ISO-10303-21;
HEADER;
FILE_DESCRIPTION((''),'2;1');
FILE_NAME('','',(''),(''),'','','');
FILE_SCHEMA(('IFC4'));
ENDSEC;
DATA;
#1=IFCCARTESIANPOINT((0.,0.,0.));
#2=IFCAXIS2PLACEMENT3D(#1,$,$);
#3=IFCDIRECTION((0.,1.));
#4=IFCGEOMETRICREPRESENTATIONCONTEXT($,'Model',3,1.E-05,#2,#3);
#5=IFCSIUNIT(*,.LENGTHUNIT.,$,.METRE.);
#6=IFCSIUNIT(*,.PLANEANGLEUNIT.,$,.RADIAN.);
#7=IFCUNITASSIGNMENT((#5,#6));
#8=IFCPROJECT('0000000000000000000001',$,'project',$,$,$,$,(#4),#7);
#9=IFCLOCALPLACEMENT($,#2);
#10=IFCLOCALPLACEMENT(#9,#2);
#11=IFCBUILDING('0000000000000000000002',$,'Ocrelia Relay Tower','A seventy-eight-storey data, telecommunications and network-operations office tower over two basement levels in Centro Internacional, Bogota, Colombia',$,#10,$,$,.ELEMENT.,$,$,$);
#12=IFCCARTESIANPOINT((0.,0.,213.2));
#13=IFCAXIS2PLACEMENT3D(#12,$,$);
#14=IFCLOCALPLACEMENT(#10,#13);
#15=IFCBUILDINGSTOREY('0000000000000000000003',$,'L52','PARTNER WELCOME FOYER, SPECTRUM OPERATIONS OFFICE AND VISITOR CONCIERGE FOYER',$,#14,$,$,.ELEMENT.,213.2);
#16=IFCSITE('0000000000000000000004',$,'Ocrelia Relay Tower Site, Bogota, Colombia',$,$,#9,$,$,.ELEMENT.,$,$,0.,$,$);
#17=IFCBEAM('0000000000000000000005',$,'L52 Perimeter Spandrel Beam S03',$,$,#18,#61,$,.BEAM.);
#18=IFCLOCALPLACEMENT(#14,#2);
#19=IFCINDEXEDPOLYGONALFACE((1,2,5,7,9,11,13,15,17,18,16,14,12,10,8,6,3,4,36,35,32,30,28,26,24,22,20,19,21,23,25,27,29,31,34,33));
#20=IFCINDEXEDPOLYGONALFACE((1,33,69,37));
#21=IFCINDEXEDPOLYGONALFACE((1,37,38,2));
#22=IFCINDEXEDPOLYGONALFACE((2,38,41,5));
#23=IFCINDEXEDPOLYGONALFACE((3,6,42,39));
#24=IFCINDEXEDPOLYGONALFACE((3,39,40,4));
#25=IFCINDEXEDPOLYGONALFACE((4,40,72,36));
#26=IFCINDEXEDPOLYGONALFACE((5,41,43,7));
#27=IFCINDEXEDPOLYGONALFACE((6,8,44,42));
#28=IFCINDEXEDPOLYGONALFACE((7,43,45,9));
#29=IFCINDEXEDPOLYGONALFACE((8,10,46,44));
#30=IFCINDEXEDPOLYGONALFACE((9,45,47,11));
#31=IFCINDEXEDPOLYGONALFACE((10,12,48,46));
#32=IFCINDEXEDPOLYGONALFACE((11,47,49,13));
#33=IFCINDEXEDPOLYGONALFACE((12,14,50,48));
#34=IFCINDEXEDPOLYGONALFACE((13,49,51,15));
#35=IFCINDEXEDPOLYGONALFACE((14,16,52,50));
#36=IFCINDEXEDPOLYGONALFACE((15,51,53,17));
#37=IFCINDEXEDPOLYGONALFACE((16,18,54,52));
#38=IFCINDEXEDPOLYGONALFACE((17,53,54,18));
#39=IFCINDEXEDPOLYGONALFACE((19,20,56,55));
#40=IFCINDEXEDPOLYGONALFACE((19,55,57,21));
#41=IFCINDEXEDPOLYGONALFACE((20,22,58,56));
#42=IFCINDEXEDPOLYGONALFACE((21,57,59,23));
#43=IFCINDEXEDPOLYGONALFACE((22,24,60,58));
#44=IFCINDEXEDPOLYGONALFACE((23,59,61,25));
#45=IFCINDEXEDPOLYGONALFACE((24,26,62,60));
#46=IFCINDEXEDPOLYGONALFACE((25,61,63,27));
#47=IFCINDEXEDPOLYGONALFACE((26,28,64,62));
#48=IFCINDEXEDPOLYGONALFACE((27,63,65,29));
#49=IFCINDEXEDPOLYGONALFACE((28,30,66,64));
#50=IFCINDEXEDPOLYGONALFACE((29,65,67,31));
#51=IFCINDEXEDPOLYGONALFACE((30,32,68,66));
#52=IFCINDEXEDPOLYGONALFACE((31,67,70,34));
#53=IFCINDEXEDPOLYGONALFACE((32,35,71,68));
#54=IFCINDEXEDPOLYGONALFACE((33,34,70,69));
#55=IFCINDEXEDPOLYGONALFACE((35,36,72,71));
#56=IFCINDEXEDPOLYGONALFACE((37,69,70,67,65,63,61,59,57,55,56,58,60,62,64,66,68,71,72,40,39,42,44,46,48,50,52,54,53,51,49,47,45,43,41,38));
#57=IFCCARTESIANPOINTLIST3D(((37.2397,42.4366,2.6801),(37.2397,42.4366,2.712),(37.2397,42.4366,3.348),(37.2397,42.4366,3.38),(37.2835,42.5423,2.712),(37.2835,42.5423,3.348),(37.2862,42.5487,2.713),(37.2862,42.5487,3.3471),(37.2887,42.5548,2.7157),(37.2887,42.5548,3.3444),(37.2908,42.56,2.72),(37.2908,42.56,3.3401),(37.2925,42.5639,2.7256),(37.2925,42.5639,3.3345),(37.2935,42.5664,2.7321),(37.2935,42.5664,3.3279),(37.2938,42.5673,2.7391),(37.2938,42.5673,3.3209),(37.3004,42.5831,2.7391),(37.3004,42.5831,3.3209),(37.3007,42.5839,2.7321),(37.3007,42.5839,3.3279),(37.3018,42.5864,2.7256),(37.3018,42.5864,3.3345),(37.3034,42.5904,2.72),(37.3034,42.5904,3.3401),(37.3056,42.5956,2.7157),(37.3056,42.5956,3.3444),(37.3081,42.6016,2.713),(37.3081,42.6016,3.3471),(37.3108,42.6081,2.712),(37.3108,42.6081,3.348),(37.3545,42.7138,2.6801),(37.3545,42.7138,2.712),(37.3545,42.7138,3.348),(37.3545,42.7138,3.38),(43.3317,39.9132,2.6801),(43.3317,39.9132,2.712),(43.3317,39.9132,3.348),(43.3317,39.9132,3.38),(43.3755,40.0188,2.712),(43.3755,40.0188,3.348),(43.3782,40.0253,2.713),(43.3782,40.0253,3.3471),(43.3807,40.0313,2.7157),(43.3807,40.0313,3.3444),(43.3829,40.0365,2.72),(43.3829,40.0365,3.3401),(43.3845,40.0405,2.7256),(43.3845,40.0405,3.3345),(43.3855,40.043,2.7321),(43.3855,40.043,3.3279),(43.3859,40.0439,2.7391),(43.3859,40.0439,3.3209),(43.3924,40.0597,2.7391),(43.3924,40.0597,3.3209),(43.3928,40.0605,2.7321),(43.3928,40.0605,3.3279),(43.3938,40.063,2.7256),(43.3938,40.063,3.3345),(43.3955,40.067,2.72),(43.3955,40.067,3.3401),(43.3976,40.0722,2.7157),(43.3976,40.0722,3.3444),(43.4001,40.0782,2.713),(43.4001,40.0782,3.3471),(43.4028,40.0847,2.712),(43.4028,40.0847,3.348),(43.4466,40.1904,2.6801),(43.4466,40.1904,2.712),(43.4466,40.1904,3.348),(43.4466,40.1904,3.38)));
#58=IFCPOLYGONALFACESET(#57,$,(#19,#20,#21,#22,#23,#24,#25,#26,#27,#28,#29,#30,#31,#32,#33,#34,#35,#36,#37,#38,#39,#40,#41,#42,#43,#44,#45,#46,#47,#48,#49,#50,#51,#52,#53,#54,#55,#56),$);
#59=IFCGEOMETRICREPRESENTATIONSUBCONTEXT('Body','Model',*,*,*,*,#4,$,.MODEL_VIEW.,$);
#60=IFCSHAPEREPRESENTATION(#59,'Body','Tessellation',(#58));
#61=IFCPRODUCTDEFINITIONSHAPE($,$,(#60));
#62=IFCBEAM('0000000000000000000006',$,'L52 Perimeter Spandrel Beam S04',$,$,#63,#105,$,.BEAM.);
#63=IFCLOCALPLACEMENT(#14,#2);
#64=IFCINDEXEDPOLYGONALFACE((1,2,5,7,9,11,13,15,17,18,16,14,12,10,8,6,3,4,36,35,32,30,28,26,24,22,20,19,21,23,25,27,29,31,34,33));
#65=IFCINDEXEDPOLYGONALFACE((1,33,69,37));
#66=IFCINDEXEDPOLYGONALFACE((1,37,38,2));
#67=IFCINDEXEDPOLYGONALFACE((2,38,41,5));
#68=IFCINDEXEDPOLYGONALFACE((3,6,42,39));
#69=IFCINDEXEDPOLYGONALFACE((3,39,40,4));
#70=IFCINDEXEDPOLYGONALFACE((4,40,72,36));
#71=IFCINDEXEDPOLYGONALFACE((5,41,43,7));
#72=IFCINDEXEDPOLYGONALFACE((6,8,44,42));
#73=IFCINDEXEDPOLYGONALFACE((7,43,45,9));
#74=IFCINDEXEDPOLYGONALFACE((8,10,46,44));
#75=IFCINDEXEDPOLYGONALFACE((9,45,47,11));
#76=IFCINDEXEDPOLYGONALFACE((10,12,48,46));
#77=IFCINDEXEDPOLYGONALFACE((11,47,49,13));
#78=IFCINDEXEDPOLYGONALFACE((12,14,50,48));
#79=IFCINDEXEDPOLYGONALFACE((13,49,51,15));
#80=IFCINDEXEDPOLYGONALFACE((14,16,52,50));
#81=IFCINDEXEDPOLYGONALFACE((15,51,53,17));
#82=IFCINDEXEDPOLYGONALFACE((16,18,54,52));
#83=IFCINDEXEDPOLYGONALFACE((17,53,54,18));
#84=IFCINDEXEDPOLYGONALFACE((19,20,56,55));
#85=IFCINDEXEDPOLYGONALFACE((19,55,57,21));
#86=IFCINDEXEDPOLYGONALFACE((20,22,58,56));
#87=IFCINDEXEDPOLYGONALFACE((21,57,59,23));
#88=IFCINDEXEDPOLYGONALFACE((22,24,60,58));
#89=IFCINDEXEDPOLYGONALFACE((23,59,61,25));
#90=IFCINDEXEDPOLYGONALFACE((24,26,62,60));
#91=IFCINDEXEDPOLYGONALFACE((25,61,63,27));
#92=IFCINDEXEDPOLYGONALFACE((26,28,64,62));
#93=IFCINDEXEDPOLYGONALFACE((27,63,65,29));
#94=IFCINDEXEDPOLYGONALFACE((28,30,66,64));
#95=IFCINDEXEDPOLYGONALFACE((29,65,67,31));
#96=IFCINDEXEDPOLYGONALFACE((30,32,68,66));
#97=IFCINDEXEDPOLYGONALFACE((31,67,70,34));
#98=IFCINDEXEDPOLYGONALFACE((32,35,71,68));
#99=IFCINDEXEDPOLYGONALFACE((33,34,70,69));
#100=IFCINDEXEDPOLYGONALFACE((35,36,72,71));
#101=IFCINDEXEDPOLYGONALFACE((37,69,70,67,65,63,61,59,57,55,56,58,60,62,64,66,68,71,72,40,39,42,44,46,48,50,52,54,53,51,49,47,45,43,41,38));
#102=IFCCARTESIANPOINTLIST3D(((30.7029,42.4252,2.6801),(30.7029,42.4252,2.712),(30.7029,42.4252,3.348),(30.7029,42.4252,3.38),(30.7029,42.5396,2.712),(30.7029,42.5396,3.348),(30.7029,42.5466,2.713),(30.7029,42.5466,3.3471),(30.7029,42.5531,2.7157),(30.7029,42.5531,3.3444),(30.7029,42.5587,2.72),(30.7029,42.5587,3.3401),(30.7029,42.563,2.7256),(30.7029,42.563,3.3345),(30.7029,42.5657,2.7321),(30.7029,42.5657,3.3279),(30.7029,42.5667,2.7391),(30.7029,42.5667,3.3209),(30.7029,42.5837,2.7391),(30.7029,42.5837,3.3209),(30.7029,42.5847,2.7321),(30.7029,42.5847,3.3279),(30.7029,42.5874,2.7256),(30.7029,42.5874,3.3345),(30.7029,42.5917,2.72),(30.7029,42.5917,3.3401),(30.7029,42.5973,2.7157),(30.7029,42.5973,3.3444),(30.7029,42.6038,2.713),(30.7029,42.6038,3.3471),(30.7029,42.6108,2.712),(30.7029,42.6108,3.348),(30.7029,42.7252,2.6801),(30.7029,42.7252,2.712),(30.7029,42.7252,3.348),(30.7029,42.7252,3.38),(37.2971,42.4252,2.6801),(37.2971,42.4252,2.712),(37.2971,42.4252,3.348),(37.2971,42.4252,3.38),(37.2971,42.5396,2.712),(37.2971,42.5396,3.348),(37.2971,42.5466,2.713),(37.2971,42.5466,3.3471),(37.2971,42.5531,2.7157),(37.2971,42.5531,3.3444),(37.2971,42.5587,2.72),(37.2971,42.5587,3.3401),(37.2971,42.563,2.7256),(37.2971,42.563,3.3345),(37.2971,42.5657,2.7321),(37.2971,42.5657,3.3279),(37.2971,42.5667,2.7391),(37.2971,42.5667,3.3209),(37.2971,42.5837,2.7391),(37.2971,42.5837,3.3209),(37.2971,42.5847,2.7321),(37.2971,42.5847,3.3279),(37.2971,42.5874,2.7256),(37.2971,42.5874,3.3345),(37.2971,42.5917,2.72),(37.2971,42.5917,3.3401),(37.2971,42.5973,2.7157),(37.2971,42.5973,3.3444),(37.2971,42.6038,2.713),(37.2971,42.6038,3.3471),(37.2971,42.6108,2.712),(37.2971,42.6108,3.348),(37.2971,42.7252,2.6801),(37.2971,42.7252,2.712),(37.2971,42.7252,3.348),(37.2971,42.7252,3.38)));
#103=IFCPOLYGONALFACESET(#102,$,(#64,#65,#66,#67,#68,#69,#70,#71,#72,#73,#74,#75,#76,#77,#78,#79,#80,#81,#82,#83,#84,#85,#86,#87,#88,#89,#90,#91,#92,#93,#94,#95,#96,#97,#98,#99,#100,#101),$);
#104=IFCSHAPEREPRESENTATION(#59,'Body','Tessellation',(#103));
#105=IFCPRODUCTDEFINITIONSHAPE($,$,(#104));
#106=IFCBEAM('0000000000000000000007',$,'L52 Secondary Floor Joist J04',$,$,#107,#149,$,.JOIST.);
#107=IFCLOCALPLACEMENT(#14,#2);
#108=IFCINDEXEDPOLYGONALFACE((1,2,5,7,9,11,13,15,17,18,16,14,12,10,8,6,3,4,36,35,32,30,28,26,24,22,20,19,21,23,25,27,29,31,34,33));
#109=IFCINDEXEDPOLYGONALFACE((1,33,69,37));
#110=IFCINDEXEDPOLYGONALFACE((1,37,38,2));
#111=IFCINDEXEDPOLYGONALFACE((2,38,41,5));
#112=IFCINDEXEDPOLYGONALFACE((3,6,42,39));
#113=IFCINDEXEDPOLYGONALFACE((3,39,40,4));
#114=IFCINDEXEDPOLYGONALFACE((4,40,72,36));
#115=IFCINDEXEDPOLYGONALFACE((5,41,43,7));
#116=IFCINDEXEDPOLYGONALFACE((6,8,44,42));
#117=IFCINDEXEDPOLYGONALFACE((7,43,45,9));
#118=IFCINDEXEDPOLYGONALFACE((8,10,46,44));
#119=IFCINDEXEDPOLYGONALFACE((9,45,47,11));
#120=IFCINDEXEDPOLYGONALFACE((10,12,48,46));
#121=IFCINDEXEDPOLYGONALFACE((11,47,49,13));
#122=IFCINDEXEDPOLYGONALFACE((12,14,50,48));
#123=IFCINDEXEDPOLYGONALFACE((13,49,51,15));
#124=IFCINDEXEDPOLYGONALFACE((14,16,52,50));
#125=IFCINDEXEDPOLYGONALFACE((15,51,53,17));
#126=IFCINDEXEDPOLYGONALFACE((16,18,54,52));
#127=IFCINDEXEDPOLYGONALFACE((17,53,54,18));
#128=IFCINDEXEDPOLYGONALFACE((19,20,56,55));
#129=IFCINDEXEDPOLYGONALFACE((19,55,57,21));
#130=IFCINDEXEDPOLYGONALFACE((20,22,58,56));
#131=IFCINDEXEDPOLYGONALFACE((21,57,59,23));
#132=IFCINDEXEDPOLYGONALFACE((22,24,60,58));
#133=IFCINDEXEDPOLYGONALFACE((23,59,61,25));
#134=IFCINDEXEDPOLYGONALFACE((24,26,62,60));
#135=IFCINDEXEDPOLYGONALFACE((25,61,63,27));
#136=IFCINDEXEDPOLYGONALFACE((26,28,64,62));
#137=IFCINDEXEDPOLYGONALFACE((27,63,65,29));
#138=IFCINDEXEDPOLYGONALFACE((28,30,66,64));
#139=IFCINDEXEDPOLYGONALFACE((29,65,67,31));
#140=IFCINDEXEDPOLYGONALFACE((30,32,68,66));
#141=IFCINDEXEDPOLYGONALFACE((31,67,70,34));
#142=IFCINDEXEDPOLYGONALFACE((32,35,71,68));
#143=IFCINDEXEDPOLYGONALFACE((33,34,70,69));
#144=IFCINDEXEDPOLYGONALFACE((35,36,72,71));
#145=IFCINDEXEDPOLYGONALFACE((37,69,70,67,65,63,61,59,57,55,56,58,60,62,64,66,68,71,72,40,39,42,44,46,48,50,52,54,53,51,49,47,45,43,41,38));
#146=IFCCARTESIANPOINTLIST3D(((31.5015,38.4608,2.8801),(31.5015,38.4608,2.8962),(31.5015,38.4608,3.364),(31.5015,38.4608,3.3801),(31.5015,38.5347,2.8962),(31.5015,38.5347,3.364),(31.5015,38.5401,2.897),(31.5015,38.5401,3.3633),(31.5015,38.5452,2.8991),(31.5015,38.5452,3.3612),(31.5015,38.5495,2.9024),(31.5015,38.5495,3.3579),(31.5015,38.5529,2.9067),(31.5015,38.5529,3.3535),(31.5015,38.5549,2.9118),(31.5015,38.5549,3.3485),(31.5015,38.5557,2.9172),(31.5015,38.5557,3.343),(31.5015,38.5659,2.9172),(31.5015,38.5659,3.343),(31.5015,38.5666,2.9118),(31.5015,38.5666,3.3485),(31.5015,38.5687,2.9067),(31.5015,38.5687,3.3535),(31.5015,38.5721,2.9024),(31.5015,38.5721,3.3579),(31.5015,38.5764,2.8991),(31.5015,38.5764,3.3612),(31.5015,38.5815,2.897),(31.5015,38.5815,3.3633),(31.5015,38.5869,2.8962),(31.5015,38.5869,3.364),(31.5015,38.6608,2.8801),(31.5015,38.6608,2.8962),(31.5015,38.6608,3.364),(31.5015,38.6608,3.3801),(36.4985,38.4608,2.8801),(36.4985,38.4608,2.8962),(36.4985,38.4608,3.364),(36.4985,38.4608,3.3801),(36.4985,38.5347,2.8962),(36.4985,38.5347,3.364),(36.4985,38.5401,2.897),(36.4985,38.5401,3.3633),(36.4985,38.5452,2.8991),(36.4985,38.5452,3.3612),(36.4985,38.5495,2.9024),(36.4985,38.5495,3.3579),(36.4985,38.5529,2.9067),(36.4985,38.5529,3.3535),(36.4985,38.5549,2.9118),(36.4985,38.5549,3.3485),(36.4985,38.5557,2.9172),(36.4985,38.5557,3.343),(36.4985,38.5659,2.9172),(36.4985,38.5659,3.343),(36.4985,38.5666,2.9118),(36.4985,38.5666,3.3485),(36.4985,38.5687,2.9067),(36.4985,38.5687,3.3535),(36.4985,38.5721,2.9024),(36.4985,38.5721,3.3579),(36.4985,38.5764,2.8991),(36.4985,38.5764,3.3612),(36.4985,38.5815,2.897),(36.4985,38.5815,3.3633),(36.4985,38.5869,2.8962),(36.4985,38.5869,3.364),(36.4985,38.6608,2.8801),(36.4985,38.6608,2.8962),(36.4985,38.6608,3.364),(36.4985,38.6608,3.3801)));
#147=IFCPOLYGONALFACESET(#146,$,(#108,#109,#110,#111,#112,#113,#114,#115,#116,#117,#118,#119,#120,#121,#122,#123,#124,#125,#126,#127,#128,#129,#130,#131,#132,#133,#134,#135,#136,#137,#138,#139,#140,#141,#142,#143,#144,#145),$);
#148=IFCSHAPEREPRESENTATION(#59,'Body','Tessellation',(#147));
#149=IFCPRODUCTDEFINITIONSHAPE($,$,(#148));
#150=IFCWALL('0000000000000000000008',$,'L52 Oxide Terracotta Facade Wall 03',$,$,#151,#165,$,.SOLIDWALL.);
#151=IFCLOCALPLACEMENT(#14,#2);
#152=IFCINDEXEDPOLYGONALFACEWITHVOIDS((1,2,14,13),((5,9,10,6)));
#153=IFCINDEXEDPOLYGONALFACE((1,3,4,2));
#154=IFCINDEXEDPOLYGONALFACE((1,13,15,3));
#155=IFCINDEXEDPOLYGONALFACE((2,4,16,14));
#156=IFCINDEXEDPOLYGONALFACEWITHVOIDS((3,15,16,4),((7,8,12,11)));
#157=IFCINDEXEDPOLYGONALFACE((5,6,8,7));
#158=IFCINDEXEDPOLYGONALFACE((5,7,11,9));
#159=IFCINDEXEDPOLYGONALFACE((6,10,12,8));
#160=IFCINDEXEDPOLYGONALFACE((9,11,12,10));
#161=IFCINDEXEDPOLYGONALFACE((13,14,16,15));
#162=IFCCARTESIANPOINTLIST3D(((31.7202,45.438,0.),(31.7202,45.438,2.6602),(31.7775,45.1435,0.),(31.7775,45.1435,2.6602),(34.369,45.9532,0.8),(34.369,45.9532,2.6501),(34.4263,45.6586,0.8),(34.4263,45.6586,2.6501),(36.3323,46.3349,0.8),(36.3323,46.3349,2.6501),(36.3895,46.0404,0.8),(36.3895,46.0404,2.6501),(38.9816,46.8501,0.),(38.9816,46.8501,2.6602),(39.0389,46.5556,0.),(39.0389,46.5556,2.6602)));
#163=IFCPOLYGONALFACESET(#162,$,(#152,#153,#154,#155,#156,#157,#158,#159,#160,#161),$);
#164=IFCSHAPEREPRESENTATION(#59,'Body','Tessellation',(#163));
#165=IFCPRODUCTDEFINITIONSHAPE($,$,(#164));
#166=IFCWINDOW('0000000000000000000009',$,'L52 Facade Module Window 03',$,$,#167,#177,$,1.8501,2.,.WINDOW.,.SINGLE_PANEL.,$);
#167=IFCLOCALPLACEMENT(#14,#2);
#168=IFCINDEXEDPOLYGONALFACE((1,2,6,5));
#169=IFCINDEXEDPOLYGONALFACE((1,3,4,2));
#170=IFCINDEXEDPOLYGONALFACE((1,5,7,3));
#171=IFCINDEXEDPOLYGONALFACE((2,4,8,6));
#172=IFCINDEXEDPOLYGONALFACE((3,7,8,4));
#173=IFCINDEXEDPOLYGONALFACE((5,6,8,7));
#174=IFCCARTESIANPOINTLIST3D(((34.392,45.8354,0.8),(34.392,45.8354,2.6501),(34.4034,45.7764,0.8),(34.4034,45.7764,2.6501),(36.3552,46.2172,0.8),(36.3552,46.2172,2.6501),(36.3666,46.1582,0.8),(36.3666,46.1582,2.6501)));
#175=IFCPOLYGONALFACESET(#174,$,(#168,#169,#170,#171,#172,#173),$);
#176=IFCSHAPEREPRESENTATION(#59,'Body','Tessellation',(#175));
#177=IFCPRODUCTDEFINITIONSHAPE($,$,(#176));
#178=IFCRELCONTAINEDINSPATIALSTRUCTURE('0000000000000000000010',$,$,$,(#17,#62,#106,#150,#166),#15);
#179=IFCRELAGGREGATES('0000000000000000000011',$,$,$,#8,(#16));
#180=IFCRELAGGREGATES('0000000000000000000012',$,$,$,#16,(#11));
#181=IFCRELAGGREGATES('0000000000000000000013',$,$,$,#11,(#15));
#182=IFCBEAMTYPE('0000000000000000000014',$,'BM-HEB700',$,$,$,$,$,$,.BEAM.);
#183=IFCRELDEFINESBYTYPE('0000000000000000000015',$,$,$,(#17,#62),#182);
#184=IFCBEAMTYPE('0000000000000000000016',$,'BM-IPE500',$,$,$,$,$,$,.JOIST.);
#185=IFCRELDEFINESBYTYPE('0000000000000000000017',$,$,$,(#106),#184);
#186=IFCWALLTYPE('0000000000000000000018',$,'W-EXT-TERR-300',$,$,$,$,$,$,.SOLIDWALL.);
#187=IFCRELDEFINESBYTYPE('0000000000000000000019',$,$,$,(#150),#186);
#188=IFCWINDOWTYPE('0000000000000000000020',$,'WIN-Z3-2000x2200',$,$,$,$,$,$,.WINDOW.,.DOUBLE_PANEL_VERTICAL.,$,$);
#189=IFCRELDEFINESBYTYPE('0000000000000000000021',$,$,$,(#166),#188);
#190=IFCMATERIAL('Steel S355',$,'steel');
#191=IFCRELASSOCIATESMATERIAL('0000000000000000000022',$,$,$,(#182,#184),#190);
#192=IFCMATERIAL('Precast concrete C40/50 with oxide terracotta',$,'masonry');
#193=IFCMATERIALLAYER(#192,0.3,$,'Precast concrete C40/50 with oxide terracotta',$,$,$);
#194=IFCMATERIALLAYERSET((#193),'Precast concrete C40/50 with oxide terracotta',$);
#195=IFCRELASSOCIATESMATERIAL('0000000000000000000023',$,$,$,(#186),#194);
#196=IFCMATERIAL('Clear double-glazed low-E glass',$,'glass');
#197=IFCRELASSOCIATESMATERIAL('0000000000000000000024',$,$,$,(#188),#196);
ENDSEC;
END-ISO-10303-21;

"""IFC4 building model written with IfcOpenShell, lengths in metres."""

from ifc_helpers import new_model, si_unit, direction, frame, frame_2d, origin, origin_2d, place, context, subcontext, project, spatial, rectangle, i_section, extrude, material, layer, layer_set, material_profile, profile_set, type_object, element, fill, save


model = new_model("IFC4")

# Units and contexts
model_context = context("Model", 3, precision=1e-05, world=origin(), true_north=direction((0.0, 1.0)))
body_context = subcontext(model_context, "Body", "Model", "MODEL_VIEW")
ifc_project = project(units=[si_unit("LENGTHUNIT", "METRE"), si_unit("PLANEANGLEUNIT", "RADIAN")], contexts=[model_context])

# Site, building, storey
site_placement = place(None, origin())
site = spatial("IfcSite", under=ifc_project, at=site_placement, Name="Ocrelia Relay Tower Site, Bogota, Colombia", CompositionType="ELEMENT", RefElevation=0.0)
building_placement = place(site_placement, origin())
building = spatial("IfcBuilding", under=site, at=building_placement, Name="Ocrelia Relay Tower", Description="A seventy-eight-storey data, telecommunications and network-operations office tower over two basement levels in Centro Internacional, Bogota, Colombia", CompositionType="ELEMENT")
storey_placement = place(building_placement, frame((0.0, 0.0, 213.2)))
storey = spatial("IfcBuildingStorey", under=building, at=storey_placement, Name="L52", Description="PARTNER WELCOME FOYER, SPECTRUM OPERATIONS OFFICE AND VISITOR CONCIERGE FOYER", CompositionType="ELEMENT", Elevation=213.2)

# Beams
ifc_material_1 = material(Name="Steel S355", Category="steel")
ifc_material_profile_1 = material_profile(ifc_material_1, i_section(OverallWidth=0.3, OverallDepth=0.7, WebThickness=0.0171, FlangeThickness=0.032, FilletRadius=0.0271, at=origin_2d()), Name="HEB 700")
ifc_profile_set_1 = profile_set([ifc_material_profile_1], Name="Steel S355")
beam_type_1 = type_object("IfcBeamType", Name="BM-HEB700", PredefinedType="BEAM", material=ifc_profile_set_1)
beam_1_placement = place(storey_placement, frame((43.3892, 40.0518, 3.03), z_axis=(-0.923878, 0.382688, 0.0), x_axis=(-0.382688, -0.923878, 0.0)))
element("IfcBeam", 1, at=beam_1_placement, inside=storey, type_object=beam_type_1, Name="L52 Perimeter Spandrel Beam S03", PredefinedType="BEAM", context=body_context, shape_type="SweptSolid", body=[
    extrude(i_section(OverallWidth=0.3, OverallDepth=0.7, WebThickness=0.0171, FlangeThickness=0.032, FilletRadius=0.0271, at=origin_2d()), origin(), (0.0, 0.0, 1.0), 6.594),
])
beam_2_placement = place(storey_placement, frame((37.2971, 42.5752, 3.03), z_axis=(-1.0, 0.0, 0.0), x_axis=(0.0, -1.0, 0.0)))
element("IfcBeam", 2, at=beam_2_placement, inside=storey, type_object=beam_type_1, Name="L52 Perimeter Spandrel Beam S04", PredefinedType="BEAM", context=body_context, shape_type="SweptSolid", body=[
    extrude(i_section(OverallWidth=0.3, OverallDepth=0.7, WebThickness=0.0171, FlangeThickness=0.032, FilletRadius=0.0271, at=origin_2d()), origin(), (0.0, 0.0, 1.0), 6.5942),
])
ifc_material_profile_2 = material_profile(ifc_material_1, i_section(OverallWidth=0.2, OverallDepth=0.5, WebThickness=0.0103, FlangeThickness=0.0161, FilletRadius=0.021, at=origin_2d()), Name="IPE 500")
ifc_profile_set_2 = profile_set([ifc_material_profile_2], Name="Steel S355")
beam_type_2 = type_object("IfcBeamType", Name="BM-IPE500", PredefinedType="JOIST", material=ifc_profile_set_2)
beam_3_placement = place(storey_placement, frame((36.4985, 38.5608, 3.1301), z_axis=(-1.0, 0.0, 0.0), x_axis=(0.0, -1.0, 0.0)))
element("IfcBeam", 3, at=beam_3_placement, inside=storey, type_object=beam_type_2, Name="L52 Secondary Floor Joist J04", PredefinedType="JOIST", context=body_context, shape_type="SweptSolid", body=[
    extrude(i_section(OverallWidth=0.2, OverallDepth=0.5, WebThickness=0.0103, FlangeThickness=0.0161, FilletRadius=0.021, at=origin_2d()), origin(), (0.0, 0.0, 1.0), 4.9971),
])

# Wall, opening, window
ifc_material_2 = material(Name="Precast concrete C40/50 with oxide terracotta", Category="masonry")
ifc_layer_1 = layer(ifc_material_2, 0.3, Name="Precast concrete C40/50 with oxide terracotta")
ifc_layer_set_1 = layer_set([ifc_layer_1], Name="Precast concrete C40/50 with oxide terracotta")
wall_type_1 = type_object("IfcWallType", Name="W-EXT-TERR-300", PredefinedType="SOLIDWALL", material=ifc_layer_set_1)
wall_1_placement = place(storey_placement, frame((39.0103, 46.7029, 0.0), z_axis=(0.0, 0.0, 1.0), x_axis=(-0.981611, -0.19089, 0.0)))
wall_1 = element("IfcWall", 4, at=wall_1_placement, inside=storey, type_object=wall_type_1, Name="L52 Oxide Terracotta Facade Wall 03", PredefinedType="SOLIDWALL", context=body_context, shape_type="SweptSolid", body=[
    extrude(rectangle(XDim=7.3975, YDim=0.3, at=frame_2d((3.6987, 0.0))), origin(), (0.0, 0.0, 1.0), 2.6602),
])
opening_1_placement = place(wall_1_placement, frame((2.699, 0.0, 0.8)))
opening_1 = element("IfcOpeningElement", 5, at=opening_1_placement, cuts=wall_1, PredefinedType="OPENING", context=body_context, shape_type="SweptSolid", body=[
    extrude(rectangle(XDim=2.0, YDim=1.8501, at=frame_2d((1.0, 0.925))), frame((0.0, 0.1602, 0.0), z_axis=(0.0, -1.0, 0.0), x_axis=(1.0, 0.0, 0.0)), (0.0, 0.0, 1.0), 0.3201),
])
ifc_material_3 = material(Name="Clear double-glazed low-E glass", Category="glass")
window_type = type_object("IfcWindowType", Name="WIN-Z3-2000x2200", PartitioningType="DOUBLE_PANEL_VERTICAL", PredefinedType="WINDOW", material=ifc_material_3)
window_1_placement = place(opening_1_placement, origin())
window_1 = element("IfcWindow", 6, at=window_1_placement, inside=storey, type_object=window_type, Name="L52 Facade Module Window 03", OverallHeight=1.8501, OverallWidth=2.0, PartitioningType="SINGLE_PANEL", PredefinedType="WINDOW", context=body_context, shape_type="SweptSolid", body=[
    extrude(rectangle(XDim=2.0, YDim=1.8501, at=frame_2d((1.0, 0.925))), frame((0.0, 0.03, 0.0), z_axis=(0.0, -1.0, 0.0), x_axis=(1.0, 0.0, 0.0)), (0.0, 0.0, 1.0), 0.0601),
])
fill(opening_1, window_1)

save(model, "model.ifc")
